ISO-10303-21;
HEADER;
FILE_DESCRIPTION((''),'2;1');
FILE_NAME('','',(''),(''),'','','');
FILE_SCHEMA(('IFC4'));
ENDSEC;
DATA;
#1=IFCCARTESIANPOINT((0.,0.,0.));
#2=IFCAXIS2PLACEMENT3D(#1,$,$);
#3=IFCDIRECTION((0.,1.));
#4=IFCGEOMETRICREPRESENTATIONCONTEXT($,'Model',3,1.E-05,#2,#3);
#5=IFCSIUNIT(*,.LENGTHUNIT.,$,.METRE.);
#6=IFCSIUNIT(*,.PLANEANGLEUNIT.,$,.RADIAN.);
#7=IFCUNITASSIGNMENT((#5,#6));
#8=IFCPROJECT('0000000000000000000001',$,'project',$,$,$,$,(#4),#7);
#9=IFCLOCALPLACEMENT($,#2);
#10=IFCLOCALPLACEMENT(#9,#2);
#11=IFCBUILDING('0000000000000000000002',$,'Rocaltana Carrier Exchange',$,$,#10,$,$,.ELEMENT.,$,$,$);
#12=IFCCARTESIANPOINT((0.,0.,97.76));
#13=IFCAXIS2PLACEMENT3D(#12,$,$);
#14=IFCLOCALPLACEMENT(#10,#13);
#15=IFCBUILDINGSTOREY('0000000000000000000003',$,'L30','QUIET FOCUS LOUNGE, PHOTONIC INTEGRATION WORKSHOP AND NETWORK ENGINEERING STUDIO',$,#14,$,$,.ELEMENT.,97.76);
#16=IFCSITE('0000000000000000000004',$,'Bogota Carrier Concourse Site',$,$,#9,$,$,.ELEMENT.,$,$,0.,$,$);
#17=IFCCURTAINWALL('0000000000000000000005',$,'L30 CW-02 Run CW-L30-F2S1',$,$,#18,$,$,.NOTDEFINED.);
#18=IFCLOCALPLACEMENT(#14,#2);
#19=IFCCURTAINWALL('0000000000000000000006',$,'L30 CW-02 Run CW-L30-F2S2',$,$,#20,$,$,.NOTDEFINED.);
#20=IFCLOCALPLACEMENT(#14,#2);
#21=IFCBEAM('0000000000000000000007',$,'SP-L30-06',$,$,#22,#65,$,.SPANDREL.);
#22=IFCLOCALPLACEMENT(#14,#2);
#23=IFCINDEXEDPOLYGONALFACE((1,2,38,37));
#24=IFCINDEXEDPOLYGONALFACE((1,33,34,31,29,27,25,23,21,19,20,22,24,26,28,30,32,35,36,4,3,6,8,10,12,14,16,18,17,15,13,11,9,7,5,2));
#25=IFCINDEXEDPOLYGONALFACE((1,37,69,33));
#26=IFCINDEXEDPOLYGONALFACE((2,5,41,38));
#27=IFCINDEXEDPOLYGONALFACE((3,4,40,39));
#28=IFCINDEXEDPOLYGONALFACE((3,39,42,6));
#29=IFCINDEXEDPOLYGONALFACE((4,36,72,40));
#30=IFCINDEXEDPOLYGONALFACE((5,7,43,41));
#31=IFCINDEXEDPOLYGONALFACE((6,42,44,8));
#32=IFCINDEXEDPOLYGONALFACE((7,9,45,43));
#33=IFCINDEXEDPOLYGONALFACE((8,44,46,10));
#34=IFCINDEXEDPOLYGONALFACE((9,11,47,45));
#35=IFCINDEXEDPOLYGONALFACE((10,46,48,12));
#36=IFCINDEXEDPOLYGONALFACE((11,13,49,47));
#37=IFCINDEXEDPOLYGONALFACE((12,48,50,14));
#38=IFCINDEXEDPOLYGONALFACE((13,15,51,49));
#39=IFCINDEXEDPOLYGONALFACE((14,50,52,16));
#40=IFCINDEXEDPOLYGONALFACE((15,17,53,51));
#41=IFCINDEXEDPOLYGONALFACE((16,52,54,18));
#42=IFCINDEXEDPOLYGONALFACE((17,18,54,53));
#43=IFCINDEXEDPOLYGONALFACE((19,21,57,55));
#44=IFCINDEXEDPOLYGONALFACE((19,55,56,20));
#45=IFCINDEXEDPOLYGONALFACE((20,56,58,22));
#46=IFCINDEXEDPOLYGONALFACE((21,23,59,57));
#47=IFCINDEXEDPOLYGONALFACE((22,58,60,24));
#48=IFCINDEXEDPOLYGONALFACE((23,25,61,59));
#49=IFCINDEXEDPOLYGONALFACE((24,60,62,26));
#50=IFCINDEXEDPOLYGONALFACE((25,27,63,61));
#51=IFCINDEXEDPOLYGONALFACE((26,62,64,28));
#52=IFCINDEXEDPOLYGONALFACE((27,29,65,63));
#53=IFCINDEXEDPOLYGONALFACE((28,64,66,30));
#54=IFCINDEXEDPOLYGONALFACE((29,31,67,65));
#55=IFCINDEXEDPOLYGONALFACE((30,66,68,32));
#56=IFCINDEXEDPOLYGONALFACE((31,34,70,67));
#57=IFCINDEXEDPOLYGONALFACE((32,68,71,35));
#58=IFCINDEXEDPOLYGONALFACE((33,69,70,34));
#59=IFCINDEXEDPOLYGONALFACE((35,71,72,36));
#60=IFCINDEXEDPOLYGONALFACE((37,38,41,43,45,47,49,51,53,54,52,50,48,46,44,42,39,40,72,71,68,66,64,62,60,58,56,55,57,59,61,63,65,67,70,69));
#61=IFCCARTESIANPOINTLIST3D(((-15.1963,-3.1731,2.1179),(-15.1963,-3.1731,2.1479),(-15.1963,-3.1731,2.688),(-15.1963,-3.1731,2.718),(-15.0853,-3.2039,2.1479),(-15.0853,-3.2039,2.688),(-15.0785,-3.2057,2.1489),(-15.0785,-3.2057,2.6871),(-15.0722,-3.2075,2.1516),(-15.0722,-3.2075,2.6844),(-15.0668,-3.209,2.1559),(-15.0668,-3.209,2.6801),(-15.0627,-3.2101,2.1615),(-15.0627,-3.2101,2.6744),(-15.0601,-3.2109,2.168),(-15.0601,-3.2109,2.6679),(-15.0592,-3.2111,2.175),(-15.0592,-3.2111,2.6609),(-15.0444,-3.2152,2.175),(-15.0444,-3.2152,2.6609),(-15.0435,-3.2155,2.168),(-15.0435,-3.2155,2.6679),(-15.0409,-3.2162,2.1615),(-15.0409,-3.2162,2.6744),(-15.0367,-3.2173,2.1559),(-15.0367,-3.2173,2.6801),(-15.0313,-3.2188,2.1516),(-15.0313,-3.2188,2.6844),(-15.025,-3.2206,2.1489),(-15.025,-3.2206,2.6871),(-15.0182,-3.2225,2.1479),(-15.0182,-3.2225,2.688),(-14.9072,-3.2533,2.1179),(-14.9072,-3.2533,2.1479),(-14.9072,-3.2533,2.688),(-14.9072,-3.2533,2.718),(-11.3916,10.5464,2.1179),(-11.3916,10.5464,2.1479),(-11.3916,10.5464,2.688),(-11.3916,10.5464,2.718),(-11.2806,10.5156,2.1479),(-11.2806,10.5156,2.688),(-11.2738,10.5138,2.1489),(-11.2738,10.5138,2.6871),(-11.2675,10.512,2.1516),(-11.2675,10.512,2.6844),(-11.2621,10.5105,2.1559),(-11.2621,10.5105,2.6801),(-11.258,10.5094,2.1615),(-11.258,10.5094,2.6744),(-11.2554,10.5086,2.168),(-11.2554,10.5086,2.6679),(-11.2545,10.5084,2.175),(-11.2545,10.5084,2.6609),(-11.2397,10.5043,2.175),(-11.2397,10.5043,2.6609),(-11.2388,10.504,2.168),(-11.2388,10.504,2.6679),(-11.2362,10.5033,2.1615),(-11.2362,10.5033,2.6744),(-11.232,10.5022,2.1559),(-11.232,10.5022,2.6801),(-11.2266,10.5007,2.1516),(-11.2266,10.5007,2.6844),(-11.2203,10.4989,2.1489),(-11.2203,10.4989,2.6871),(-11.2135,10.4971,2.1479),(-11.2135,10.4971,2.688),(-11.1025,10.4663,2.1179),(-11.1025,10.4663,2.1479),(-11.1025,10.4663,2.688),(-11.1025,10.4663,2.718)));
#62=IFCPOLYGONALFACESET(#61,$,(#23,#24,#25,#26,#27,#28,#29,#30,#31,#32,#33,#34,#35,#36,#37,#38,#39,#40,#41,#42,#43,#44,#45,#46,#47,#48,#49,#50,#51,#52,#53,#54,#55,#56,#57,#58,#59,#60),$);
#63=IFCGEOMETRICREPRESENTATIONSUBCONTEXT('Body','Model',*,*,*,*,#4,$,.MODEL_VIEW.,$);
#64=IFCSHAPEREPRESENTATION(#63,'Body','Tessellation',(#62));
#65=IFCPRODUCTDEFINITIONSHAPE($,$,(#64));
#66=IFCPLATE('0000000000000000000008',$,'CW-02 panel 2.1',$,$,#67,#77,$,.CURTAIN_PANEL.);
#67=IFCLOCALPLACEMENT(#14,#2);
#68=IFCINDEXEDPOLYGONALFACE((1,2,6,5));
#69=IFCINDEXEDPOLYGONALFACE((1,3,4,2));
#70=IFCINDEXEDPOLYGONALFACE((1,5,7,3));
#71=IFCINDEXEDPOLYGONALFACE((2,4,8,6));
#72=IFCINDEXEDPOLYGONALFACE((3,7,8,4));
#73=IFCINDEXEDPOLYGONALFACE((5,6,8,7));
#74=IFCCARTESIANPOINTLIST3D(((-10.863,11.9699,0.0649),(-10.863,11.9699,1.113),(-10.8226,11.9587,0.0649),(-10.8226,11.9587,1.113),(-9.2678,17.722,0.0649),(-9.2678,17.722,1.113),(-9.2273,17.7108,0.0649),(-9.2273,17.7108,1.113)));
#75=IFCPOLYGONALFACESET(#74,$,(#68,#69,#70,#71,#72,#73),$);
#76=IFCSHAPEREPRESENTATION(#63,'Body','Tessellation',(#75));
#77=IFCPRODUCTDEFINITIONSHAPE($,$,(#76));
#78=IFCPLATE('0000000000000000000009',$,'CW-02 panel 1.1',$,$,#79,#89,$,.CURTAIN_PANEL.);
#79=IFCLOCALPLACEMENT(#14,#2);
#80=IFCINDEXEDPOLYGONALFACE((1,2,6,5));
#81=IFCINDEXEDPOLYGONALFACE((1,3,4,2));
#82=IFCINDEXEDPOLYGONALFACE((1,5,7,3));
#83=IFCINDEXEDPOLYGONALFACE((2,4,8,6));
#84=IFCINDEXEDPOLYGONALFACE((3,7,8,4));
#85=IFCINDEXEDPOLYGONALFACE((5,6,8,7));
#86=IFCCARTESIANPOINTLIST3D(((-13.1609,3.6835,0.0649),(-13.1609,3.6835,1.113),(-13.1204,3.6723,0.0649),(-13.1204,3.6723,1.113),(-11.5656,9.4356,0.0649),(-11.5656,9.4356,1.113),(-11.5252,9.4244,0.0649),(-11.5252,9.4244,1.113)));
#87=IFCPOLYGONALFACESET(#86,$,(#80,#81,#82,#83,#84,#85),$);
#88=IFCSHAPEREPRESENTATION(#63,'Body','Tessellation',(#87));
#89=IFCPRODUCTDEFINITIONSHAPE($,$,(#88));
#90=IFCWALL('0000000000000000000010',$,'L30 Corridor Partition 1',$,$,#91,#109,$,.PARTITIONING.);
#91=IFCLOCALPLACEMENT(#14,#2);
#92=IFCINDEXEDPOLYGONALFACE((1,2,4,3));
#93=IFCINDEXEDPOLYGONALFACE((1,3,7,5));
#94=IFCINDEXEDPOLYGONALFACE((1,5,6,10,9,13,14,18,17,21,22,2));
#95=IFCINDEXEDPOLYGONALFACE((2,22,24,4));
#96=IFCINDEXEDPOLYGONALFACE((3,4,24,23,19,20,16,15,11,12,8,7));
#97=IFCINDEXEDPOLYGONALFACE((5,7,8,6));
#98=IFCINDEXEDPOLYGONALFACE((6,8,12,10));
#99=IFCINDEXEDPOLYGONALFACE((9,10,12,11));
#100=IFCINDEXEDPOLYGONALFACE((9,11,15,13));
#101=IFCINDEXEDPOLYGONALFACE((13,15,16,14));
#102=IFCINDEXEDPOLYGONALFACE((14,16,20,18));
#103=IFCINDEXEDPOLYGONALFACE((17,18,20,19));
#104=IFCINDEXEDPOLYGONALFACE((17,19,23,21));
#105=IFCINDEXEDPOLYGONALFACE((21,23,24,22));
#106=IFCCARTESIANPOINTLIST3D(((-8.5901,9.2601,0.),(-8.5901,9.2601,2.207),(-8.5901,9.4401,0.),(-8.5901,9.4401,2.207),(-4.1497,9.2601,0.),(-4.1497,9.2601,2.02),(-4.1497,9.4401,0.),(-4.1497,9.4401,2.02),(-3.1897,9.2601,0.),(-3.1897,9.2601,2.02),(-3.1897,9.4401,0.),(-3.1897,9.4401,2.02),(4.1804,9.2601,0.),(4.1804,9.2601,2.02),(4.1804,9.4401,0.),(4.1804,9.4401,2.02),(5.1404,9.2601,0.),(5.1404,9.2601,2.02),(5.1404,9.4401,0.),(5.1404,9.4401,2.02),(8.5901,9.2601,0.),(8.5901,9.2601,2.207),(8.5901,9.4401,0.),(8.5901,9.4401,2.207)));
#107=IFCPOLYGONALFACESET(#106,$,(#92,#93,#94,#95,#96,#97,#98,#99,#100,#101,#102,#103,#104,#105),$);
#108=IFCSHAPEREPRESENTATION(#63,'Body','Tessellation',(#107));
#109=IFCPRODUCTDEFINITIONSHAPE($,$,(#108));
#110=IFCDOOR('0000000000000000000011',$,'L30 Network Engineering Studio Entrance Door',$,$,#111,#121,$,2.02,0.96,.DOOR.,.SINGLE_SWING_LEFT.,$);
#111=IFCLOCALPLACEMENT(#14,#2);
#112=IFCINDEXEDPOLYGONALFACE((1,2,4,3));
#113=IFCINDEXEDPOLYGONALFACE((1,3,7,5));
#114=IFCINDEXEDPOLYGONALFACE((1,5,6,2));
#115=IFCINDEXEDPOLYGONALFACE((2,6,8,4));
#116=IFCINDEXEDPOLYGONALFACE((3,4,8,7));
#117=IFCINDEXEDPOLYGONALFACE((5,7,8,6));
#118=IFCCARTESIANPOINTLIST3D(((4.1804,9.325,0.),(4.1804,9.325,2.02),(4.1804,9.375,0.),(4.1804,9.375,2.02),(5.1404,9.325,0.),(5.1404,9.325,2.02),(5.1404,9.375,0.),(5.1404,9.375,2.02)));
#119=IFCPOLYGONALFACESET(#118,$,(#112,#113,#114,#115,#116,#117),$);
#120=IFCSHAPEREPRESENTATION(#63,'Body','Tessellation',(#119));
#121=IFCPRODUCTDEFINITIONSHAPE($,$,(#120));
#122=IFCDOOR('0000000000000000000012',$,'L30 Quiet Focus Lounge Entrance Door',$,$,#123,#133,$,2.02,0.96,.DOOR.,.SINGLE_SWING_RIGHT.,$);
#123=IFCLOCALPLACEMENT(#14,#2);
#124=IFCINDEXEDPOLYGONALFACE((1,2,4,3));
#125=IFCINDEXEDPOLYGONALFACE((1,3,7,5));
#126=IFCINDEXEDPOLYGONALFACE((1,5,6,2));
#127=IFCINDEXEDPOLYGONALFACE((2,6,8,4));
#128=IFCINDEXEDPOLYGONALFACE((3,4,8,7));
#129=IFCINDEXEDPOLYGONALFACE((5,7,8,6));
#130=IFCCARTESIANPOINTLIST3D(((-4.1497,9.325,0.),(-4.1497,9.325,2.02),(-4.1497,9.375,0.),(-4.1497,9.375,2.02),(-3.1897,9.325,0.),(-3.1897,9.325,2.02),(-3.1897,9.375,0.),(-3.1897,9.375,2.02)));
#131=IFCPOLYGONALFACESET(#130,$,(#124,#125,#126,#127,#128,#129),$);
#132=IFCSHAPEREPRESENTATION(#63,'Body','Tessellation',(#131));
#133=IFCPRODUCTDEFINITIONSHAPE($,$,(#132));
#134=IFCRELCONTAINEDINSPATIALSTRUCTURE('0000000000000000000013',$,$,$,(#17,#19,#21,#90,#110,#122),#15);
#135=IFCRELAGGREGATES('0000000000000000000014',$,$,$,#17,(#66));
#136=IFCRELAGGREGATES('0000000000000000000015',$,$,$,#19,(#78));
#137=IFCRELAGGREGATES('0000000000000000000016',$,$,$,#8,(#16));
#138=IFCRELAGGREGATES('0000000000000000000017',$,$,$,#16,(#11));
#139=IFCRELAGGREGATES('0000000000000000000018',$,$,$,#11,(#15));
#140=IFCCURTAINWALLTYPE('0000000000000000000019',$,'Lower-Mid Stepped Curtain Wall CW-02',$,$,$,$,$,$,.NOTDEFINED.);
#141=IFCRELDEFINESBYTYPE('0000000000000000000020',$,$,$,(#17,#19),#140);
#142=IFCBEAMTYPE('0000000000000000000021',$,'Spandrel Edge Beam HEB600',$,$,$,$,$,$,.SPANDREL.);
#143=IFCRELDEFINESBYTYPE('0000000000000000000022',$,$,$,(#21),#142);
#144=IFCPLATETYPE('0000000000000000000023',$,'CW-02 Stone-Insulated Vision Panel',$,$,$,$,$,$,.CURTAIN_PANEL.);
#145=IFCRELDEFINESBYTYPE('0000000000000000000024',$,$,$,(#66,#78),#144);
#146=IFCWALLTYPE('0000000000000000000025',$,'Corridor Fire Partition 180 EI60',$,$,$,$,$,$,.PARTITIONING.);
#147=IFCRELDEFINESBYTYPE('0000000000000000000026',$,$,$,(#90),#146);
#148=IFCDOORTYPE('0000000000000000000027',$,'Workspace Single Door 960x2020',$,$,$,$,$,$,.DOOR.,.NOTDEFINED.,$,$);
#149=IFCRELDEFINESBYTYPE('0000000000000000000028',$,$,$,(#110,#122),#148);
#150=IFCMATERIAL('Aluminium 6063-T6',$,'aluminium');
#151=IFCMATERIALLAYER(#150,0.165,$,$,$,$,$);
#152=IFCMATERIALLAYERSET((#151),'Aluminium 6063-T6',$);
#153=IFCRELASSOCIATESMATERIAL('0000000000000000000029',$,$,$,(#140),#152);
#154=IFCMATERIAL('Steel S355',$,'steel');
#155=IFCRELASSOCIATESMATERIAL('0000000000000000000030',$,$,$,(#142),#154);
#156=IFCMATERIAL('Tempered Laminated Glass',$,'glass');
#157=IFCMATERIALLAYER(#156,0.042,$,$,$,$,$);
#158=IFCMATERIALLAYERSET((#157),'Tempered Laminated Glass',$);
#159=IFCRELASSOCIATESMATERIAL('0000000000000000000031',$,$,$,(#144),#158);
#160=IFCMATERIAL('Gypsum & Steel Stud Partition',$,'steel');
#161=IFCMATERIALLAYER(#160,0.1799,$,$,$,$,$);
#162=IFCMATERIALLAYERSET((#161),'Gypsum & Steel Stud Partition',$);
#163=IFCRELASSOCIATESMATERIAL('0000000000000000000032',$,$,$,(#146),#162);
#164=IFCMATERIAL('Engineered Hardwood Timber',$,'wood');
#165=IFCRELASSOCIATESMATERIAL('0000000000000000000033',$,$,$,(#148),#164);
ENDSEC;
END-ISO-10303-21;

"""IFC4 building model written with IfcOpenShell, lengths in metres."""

from ifc_helpers import new_model, si_unit, direction, frame, frame_2d, origin, origin_2d, place, context, subcontext, project, spatial, rectangle, i_section, extrude, material, layer, layer_set, material_profile, profile_set, type_object, element, fill, aggregate, save


model = new_model("IFC4")

# Units and contexts
model_context = context("Model", 3, precision=1e-05, world=origin(), true_north=direction((0.0, 1.0)))
body_context = subcontext(model_context, "Body", "Model", "MODEL_VIEW")
ifc_project = project(units=[si_unit("LENGTHUNIT", "METRE"), si_unit("PLANEANGLEUNIT", "RADIAN")], contexts=[model_context])

# Site, building, storey
site_placement = place(None, origin())
site = spatial("IfcSite", under=ifc_project, at=site_placement, Name="Bogota Carrier Concourse Site", CompositionType="ELEMENT", RefElevation=0.0)
building_placement = place(site_placement, origin())
building = spatial("IfcBuilding", under=site, at=building_placement, Name="Rocaltana Carrier Exchange", CompositionType="ELEMENT")
storey_placement = place(building_placement, frame((0.0, 0.0, 97.76)))
storey = spatial("IfcBuildingStorey", under=building, at=storey_placement, Name="L30", Description="QUIET FOCUS LOUNGE, PHOTONIC INTEGRATION WORKSHOP AND NETWORK ENGINEERING STUDIO", CompositionType="ELEMENT", Elevation=97.76)

# Curtain walls
ifc_material_1 = material(Name="Aluminium 6063-T6", Category="aluminium")
ifc_layer_1 = layer(ifc_material_1, 0.165)
ifc_layer_set_1 = layer_set([ifc_layer_1], Name="Aluminium 6063-T6")
curtain_wall_type = type_object("IfcCurtainWallType", Name="Lower-Mid Stepped Curtain Wall CW-02", PredefinedType="NOTDEFINED", material=ifc_layer_set_1)
curtain_wall_1_placement = place(storey_placement, origin())
curtain_wall_1 = element("IfcCurtainWall", 1, at=curtain_wall_1_placement, inside=storey, type_object=curtain_wall_type, Name="L30 CW-02 Run CW-L30-F2S1", PredefinedType="NOTDEFINED")
curtain_wall_2_placement = place(storey_placement, origin())
curtain_wall_2 = element("IfcCurtainWall", 2, at=curtain_wall_2_placement, inside=storey, type_object=curtain_wall_type, Name="L30 CW-02 Run CW-L30-F2S2", PredefinedType="NOTDEFINED")

# Beam
ifc_material_2 = material(Name="Steel S355", Category="steel")
ifc_material_profile_1 = material_profile(ifc_material_2, i_section(OverallWidth=0.3, OverallDepth=0.6001, WebThickness=0.0154, FlangeThickness=0.03, FilletRadius=0.0271, at=origin_2d()), Name="HEB600")
ifc_profile_set_1 = profile_set([ifc_material_profile_1], Name="Steel S355")
beam_type_1 = type_object("IfcBeamType", Name="Spandrel Edge Beam HEB600", PredefinedType="SPANDREL", material=ifc_profile_set_1)
beam_1_placement = place(storey_placement, frame((-11.2471, 10.5063, 2.418), z_axis=(-0.267234, -0.963632, 0.0), x_axis=(0.963632, -0.267234, 0.0)))
element("IfcBeam", 3, at=beam_1_placement, inside=storey, type_object=beam_type_1, Name="SP-L30-06", PredefinedType="SPANDREL", context=body_context, shape_type="SweptSolid", body=[
    extrude(i_section(OverallWidth=0.3, OverallDepth=0.6001, WebThickness=0.0154, FlangeThickness=0.03, FilletRadius=0.0271, at=origin_2d()), origin(), (0.0, 0.0, 1.0), 14.2373),
])

# Plates
ifc_material_3 = material(Name="Tempered Laminated Glass", Category="glass")
ifc_layer_2 = layer(ifc_material_3, 0.042)
ifc_layer_set_2 = layer_set([ifc_layer_2], Name="Tempered Laminated Glass")
plate_type = type_object("IfcPlateType", Name="CW-02 Stone-Insulated Vision Panel", PredefinedType="CURTAIN_PANEL", material=ifc_layer_set_2)
plate_1_placement = place(storey_placement, frame((-10.0452, 14.8403, 0.0649), z_axis=(0.0, 0.0, 1.0), x_axis=(-0.267246, -0.963628, 0.0)))
plate_1 = element("IfcPlate", 4, at=plate_1_placement, type_object=plate_type, Name="CW-02 panel 2.1", PredefinedType="CURTAIN_PANEL", context=body_context, shape_type="SweptSolid", body=[
    extrude(rectangle(XDim=5.9692, YDim=0.042, at=origin_2d()), origin(), (0.0, 0.0, 1.0), 1.0481),
])
aggregate(curtain_wall_1, [plate_1])
plate_2_placement = place(storey_placement, frame((-12.343, 6.554, 0.0649), z_axis=(0.0, 0.0, 1.0), x_axis=(-0.267238, -0.963631, 0.0)))
plate_2 = element("IfcPlate", 5, at=plate_2_placement, type_object=plate_type, Name="CW-02 panel 1.1", PredefinedType="CURTAIN_PANEL", context=body_context, shape_type="SweptSolid", body=[
    extrude(rectangle(XDim=5.9692, YDim=0.042, at=origin_2d()), origin(), (0.0, 0.0, 1.0), 1.0481),
])
aggregate(curtain_wall_2, [plate_2])

# Wall, openings, doors
ifc_material_4 = material(Name="Gypsum & Steel Stud Partition", Category="steel")
ifc_layer_3 = layer(ifc_material_4, 0.1799)
ifc_layer_set_3 = layer_set([ifc_layer_3], Name="Gypsum & Steel Stud Partition")
wall_type_1 = type_object("IfcWallType", Name="Corridor Fire Partition 180 EI60", PredefinedType="PARTITIONING", material=ifc_layer_set_3)
wall_1_placement = place(storey_placement, frame((-8.5901, 9.3501, 0.0), z_axis=(0.0, 0.0, 1.0), x_axis=(1.0, 0.0, 0.0)))
wall_1 = element("IfcWall", 6, at=wall_1_placement, inside=storey, type_object=wall_type_1, Name="L30 Corridor Partition 1", PredefinedType="PARTITIONING", context=body_context, shape_type="SweptSolid", body=[
    extrude(rectangle(XDim=17.1802, YDim=0.1799, at=frame_2d((8.5901, 0.0))), origin(), (0.0, 0.0, 1.0), 2.207),
])
opening_1_placement = place(wall_1_placement, frame((12.7705, 0.0, 0.0)))
opening_1 = element("IfcOpeningElement", 7, at=opening_1_placement, cuts=wall_1, PredefinedType="OPENING", context=body_context, shape_type="SweptSolid", body=[
    extrude(rectangle(XDim=0.96, YDim=2.02, at=frame_2d((0.48, 1.01))), frame((0.0, 0.0999, 0.0), z_axis=(0.0, -1.0, 0.0), x_axis=(1.0, 0.0, 0.0)), (0.0, 0.0, 1.0), 0.2),
])
opening_2_placement = place(wall_1_placement, frame((4.4404, 0.0, 0.0)))
opening_2 = element("IfcOpeningElement", 8, at=opening_2_placement, cuts=wall_1, PredefinedType="OPENING", context=body_context, shape_type="SweptSolid", body=[
    extrude(rectangle(XDim=0.96, YDim=2.02, at=frame_2d((0.48, 1.01))), frame((0.0, 0.0999, 0.0), z_axis=(0.0, -1.0, 0.0), x_axis=(1.0, 0.0, 0.0)), (0.0, 0.0, 1.0), 0.2),
])
ifc_material_5 = material(Name="Engineered Hardwood Timber", Category="wood")
door_type_1 = type_object("IfcDoorType", Name="Workspace Single Door 960x2020", OperationType="NOTDEFINED", PredefinedType="DOOR", material=ifc_material_5)
door_1_placement = place(opening_1_placement, origin())
door_1 = element("IfcDoor", 9, at=door_1_placement, inside=storey, type_object=door_type_1, Name="L30 Network Engineering Studio Entrance Door", OperationType="SINGLE_SWING_LEFT", OverallHeight=2.02, OverallWidth=0.96, PredefinedType="DOOR", context=body_context, shape_type="SweptSolid", body=[
    extrude(rectangle(XDim=0.96, YDim=2.02, at=frame_2d((0.48, 1.01))), frame((0.0, 0.0249, 0.0), z_axis=(0.0, -1.0, 0.0), x_axis=(1.0, 0.0, 0.0)), (0.0, 0.0, 1.0), 0.05),
])
fill(opening_1, door_1)
door_2_placement = place(opening_2_placement, origin())
door_2 = element("IfcDoor", 10, at=door_2_placement, inside=storey, type_object=door_type_1, Name="L30 Quiet Focus Lounge Entrance Door", OperationType="SINGLE_SWING_RIGHT", OverallHeight=2.02, OverallWidth=0.96, PredefinedType="DOOR", context=body_context, shape_type="SweptSolid", body=[
    extrude(rectangle(XDim=0.96, YDim=2.02, at=frame_2d((0.48, 1.01))), frame((0.0, 0.0249, 0.0), z_axis=(0.0, -1.0, 0.0), x_axis=(1.0, 0.0, 0.0)), (0.0, 0.0, 1.0), 0.05),
])
fill(opening_2, door_2)

save(model, "model.ifc")
